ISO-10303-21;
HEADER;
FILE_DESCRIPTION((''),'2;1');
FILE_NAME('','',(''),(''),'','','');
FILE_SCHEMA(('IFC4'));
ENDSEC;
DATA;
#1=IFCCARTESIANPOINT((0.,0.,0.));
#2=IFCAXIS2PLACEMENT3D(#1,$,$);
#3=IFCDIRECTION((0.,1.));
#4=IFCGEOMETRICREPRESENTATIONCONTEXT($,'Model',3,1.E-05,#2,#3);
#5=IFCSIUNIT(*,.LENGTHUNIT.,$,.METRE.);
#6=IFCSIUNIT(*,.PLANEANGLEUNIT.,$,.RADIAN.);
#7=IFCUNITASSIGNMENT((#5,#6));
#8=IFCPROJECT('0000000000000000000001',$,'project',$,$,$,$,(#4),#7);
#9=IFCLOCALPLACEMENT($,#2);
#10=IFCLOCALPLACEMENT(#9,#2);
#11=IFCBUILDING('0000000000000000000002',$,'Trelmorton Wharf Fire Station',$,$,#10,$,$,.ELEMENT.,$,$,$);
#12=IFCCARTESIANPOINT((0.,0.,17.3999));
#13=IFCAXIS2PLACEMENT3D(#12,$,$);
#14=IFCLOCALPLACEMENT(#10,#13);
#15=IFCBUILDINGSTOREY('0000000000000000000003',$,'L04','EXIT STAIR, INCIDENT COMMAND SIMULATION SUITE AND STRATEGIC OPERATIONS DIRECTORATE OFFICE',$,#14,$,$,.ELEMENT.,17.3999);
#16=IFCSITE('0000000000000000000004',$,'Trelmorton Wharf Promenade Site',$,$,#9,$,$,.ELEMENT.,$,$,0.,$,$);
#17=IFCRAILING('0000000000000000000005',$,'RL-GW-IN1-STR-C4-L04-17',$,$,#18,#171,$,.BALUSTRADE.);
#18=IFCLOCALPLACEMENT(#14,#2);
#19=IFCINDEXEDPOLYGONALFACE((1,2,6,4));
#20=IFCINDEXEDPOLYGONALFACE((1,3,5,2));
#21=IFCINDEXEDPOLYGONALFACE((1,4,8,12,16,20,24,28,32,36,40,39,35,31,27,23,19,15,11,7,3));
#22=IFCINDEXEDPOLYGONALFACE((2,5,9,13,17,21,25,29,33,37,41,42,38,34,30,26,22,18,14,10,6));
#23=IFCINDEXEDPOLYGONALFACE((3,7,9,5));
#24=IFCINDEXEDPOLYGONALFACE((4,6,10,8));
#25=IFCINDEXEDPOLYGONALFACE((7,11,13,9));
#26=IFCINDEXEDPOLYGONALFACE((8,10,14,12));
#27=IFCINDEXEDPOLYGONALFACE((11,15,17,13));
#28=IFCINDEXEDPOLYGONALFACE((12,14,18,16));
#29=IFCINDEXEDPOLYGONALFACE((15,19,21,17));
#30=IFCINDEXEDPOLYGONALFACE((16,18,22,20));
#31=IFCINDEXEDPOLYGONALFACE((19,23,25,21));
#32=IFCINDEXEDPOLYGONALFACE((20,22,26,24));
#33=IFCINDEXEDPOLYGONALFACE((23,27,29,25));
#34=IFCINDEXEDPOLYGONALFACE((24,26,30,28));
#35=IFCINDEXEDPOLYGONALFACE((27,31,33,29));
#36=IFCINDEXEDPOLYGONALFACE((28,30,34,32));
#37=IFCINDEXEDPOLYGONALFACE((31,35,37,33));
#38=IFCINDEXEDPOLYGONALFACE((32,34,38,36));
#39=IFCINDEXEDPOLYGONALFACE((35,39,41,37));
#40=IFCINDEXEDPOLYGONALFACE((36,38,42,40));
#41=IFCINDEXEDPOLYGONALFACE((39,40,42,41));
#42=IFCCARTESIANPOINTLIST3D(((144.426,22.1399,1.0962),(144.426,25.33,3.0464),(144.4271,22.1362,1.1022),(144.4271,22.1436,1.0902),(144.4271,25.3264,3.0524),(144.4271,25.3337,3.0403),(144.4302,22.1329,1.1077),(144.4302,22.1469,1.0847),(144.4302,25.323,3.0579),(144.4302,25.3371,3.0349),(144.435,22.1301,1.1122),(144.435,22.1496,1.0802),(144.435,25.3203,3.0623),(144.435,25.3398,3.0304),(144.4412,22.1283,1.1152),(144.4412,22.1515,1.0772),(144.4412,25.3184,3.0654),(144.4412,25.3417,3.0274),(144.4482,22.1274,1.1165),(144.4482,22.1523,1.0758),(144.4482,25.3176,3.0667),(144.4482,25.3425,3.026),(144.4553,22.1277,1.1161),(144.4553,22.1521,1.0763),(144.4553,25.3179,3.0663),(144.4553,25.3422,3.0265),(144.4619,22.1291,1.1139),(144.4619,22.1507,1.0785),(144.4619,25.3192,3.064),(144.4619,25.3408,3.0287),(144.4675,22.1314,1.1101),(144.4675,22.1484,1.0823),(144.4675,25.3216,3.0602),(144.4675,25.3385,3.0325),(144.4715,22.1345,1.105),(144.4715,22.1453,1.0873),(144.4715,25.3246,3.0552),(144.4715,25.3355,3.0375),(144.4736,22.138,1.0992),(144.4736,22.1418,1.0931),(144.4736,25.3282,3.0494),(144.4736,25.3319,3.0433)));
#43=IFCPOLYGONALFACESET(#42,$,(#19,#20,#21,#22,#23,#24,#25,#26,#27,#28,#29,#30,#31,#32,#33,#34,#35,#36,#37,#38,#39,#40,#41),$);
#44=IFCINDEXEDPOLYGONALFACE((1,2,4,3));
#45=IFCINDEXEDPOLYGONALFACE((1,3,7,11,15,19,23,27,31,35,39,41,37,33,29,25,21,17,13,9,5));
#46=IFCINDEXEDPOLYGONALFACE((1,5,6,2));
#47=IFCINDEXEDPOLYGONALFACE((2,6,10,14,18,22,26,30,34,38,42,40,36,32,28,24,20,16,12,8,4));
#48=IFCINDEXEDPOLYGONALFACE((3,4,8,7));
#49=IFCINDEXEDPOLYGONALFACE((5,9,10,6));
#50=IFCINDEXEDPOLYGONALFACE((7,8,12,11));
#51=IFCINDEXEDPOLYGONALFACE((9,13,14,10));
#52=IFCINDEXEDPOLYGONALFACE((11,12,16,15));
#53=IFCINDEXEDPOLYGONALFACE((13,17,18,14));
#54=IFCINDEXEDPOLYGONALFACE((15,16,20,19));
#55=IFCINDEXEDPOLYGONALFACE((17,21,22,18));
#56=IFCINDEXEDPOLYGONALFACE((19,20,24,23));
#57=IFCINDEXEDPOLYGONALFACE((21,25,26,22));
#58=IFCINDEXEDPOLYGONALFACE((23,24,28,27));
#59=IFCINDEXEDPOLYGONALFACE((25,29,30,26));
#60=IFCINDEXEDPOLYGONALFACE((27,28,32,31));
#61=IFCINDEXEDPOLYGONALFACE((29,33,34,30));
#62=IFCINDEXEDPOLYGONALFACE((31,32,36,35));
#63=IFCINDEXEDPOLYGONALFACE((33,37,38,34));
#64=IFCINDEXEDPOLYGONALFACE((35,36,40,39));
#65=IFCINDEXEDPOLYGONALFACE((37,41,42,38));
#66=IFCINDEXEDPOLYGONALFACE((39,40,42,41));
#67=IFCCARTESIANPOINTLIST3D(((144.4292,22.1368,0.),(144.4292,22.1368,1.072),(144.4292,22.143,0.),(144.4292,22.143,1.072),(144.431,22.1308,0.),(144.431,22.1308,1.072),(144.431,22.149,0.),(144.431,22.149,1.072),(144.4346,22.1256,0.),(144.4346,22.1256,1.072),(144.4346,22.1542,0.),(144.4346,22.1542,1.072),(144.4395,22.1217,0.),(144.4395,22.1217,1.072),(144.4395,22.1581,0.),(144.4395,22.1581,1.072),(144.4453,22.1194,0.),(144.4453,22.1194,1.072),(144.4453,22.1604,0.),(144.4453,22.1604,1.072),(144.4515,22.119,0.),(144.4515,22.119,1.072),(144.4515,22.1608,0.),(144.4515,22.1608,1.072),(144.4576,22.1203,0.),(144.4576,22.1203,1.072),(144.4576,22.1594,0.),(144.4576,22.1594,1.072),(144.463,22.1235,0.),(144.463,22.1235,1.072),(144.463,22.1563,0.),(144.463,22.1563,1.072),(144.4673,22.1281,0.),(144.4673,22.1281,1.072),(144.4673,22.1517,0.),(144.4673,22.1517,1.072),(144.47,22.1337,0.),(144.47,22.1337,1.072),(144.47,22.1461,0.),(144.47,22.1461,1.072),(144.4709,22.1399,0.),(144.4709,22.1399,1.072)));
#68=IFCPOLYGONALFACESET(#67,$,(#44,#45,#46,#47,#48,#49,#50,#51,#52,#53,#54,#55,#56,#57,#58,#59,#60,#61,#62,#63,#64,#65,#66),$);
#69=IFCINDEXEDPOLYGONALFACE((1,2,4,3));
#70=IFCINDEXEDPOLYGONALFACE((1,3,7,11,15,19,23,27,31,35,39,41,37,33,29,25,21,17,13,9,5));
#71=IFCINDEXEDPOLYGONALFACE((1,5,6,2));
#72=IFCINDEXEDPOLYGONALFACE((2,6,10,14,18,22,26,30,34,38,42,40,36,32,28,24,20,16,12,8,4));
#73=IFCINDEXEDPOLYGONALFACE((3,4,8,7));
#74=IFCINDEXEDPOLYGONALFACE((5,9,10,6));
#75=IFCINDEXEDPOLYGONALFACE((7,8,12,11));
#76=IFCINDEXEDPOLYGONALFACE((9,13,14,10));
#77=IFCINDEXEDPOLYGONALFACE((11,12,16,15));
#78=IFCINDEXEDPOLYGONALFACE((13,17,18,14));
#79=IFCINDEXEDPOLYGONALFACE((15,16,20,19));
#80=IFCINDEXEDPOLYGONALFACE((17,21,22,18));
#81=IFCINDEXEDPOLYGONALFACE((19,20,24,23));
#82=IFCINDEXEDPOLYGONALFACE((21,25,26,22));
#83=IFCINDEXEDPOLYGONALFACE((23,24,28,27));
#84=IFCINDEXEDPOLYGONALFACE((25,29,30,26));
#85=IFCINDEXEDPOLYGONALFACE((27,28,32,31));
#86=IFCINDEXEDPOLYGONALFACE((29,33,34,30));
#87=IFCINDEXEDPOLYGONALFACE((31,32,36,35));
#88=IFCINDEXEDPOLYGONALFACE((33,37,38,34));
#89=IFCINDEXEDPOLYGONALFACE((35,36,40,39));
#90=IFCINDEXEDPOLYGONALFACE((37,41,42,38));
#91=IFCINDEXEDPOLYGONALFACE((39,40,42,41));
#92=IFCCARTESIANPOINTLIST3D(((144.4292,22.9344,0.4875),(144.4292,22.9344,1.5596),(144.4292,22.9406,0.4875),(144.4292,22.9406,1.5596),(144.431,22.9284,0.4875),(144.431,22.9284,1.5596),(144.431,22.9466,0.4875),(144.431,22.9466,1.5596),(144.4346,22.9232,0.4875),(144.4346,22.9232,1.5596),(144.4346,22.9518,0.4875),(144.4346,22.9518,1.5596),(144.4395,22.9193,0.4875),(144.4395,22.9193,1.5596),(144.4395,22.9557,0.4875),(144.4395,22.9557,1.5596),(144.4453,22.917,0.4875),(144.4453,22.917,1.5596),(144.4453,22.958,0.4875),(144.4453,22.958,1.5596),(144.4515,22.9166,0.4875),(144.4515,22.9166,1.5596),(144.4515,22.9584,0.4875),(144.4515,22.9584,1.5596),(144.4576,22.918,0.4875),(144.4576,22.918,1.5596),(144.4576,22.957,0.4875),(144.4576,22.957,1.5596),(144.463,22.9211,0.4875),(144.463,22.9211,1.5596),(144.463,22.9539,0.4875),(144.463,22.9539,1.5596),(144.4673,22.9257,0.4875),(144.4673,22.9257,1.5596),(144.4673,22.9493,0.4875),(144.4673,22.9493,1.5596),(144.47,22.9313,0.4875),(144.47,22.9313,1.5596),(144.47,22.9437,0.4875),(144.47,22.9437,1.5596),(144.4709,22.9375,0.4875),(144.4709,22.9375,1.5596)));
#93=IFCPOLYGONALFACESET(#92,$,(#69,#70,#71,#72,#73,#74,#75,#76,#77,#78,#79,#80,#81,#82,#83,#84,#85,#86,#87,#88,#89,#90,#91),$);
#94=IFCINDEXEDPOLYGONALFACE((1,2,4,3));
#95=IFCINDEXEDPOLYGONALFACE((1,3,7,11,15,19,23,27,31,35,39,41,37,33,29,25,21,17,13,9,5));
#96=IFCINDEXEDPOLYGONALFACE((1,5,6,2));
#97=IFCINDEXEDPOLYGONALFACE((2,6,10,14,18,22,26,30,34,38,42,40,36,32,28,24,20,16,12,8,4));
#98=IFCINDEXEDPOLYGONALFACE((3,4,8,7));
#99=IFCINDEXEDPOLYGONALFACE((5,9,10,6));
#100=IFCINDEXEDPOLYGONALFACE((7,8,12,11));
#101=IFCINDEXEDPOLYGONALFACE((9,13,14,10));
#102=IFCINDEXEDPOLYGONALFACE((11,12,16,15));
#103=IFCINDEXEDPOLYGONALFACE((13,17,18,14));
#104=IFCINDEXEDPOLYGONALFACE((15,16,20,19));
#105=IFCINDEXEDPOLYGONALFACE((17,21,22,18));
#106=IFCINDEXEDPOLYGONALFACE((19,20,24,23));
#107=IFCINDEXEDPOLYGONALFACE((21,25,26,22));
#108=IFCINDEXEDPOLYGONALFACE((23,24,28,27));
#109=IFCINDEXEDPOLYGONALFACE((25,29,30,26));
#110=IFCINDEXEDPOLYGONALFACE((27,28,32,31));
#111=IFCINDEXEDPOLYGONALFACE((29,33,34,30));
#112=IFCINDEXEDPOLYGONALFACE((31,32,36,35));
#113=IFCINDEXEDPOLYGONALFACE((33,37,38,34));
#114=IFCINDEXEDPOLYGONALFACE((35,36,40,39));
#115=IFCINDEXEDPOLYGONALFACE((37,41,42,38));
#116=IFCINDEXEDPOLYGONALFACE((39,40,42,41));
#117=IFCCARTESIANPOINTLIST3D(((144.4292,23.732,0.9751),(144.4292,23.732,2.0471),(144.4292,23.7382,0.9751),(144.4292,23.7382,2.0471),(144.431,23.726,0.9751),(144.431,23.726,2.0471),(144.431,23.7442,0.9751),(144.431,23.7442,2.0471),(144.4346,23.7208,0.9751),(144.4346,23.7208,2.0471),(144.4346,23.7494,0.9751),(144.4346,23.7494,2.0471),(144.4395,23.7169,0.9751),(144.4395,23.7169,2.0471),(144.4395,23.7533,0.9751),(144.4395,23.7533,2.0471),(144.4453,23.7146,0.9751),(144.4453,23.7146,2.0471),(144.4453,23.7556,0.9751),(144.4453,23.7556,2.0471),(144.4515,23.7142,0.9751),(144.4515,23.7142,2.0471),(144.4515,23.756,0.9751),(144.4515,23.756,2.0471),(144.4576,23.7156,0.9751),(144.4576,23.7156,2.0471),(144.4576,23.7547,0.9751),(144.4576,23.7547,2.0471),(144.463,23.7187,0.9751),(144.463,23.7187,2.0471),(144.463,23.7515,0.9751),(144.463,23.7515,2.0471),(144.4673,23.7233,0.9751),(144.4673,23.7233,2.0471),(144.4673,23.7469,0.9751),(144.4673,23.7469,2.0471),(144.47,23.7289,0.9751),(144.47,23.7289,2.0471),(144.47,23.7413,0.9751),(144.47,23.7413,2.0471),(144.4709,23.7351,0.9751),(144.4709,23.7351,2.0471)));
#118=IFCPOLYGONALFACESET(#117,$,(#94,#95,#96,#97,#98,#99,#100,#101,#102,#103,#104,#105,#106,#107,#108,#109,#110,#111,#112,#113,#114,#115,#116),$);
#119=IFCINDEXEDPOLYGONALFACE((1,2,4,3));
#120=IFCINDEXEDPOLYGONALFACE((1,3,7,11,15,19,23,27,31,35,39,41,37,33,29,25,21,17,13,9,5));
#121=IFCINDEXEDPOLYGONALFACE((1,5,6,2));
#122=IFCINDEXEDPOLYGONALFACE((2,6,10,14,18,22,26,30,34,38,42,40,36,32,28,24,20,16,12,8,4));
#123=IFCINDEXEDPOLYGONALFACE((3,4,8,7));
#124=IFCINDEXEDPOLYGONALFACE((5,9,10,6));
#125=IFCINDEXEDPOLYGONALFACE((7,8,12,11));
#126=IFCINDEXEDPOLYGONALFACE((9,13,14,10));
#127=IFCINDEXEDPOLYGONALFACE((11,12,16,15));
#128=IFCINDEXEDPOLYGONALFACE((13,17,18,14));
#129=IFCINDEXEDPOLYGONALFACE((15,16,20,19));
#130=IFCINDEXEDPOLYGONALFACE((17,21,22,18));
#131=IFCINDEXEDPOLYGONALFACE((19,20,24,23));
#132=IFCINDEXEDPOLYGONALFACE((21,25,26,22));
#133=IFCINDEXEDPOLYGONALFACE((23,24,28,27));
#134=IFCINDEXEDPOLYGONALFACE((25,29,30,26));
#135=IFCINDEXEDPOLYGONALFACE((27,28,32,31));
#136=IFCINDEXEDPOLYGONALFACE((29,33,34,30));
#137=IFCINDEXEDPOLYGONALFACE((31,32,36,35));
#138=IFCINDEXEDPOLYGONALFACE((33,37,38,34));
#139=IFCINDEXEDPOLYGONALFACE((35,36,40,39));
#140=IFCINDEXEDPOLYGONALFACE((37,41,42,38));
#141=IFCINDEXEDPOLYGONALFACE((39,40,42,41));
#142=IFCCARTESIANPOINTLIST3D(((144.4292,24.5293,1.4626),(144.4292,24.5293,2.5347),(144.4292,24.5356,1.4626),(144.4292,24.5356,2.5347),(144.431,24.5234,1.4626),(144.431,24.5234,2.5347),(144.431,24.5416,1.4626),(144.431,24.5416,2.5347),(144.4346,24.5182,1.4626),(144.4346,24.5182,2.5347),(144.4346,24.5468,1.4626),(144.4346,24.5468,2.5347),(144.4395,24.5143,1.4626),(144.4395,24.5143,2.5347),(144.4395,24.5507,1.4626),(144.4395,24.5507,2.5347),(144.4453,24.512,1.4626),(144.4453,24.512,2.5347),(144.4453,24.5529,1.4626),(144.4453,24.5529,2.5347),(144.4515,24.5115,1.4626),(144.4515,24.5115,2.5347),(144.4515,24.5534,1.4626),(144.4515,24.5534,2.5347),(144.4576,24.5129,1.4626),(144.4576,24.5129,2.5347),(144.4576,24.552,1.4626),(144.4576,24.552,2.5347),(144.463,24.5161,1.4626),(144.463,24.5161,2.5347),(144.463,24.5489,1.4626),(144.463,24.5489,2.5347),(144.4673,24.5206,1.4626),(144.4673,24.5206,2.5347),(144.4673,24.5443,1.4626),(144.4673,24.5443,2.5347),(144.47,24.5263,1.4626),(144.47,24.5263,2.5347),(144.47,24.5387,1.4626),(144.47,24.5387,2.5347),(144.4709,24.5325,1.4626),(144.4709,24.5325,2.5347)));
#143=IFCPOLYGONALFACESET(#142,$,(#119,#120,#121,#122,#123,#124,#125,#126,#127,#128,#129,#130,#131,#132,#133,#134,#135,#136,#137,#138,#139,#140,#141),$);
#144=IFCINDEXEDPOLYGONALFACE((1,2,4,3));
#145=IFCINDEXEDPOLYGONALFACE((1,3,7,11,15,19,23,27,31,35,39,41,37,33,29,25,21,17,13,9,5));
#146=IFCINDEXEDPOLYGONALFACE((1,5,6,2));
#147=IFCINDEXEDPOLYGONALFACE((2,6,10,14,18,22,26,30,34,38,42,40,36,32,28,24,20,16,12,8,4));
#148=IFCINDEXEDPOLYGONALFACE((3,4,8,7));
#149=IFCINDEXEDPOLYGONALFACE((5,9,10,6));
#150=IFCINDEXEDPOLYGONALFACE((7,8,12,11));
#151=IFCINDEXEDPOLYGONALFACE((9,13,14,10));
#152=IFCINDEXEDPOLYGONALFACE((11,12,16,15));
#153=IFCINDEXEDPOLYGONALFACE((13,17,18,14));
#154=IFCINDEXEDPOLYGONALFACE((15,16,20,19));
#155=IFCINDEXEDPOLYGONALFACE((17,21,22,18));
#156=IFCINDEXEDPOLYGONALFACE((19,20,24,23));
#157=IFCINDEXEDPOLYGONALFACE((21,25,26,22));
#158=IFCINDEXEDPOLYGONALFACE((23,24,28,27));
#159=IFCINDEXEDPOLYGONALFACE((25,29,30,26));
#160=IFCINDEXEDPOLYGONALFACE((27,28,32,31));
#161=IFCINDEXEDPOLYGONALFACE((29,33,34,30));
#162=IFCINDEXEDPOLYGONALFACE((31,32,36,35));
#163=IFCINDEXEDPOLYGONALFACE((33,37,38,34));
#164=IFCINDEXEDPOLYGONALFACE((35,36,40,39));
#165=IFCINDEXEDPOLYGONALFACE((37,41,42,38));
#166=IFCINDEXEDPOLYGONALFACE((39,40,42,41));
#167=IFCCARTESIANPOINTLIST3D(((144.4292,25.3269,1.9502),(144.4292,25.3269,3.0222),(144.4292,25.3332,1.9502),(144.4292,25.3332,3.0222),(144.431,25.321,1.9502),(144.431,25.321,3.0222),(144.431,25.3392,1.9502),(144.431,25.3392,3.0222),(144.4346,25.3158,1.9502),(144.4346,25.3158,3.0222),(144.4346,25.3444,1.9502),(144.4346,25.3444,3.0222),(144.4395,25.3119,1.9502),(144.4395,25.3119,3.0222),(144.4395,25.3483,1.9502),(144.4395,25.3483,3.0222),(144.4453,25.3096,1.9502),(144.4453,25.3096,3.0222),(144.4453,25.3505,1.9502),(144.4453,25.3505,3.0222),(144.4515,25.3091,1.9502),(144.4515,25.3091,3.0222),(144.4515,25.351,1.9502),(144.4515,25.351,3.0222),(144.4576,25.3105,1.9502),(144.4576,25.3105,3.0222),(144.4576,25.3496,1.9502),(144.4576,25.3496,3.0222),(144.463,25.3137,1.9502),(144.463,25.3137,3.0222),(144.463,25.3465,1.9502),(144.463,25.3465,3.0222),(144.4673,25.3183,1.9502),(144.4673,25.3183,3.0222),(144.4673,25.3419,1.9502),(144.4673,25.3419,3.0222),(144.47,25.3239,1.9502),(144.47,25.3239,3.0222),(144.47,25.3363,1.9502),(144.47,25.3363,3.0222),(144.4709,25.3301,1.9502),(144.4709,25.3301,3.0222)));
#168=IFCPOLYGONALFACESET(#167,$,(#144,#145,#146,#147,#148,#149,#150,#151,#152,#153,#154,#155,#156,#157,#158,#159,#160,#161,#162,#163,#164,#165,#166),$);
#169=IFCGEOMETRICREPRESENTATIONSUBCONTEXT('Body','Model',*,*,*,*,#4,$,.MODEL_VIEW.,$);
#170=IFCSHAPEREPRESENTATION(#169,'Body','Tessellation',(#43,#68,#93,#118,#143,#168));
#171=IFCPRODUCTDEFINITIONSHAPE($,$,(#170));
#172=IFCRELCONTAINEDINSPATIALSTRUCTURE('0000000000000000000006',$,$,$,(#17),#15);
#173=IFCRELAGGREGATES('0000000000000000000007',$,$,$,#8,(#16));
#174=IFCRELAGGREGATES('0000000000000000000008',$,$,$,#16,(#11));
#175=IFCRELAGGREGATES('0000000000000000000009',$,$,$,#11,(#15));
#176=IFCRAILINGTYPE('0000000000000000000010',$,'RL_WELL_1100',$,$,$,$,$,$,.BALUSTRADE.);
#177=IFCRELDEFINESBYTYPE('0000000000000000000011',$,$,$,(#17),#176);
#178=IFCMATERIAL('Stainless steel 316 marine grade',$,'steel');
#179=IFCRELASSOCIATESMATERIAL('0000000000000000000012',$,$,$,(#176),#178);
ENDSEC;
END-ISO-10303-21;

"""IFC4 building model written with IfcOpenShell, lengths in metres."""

from ifc_helpers import new_model, si_unit, direction, frame, origin, origin_2d, place, context, subcontext, project, spatial, circle, extrude, material, type_object, element, save


model = new_model("IFC4")

# Units and contexts
model_context = context("Model", 3, precision=1e-05, world=origin(), true_north=direction((0.0, 1.0)))
body_context = subcontext(model_context, "Body", "Model", "MODEL_VIEW")
ifc_project = project(units=[si_unit("LENGTHUNIT", "METRE"), si_unit("PLANEANGLEUNIT", "RADIAN")], contexts=[model_context])

# Site, building, storey
site_placement = place(None, origin())
site = spatial("IfcSite", under=ifc_project, at=site_placement, Name="Trelmorton Wharf Promenade Site", CompositionType="ELEMENT", RefElevation=0.0)
building_placement = place(site_placement, origin())
building = spatial("IfcBuilding", under=site, at=building_placement, Name="Trelmorton Wharf Fire Station", CompositionType="ELEMENT")
storey_placement = place(building_placement, frame((0.0, 0.0, 17.3999)))
storey = spatial("IfcBuildingStorey", under=building, at=storey_placement, Name="L04", Description="EXIT STAIR, INCIDENT COMMAND SIMULATION SUITE AND STRATEGIC OPERATIONS DIRECTORATE OFFICE", CompositionType="ELEMENT", Elevation=17.3999)

# Shared definitions
ifc_material_1 = material(Name="Stainless steel 316 marine grade", Category="steel")

# Railing
railing_type_1 = type_object("IfcRailingType", Name="RL_WELL_1100", PredefinedType="BALUSTRADE", material=ifc_material_1)
railing_1_placement = place(storey_placement, frame((144.45, 22.1399, 0.0)))
element("IfcRailing", 1, at=railing_1_placement, inside=storey, type_object=railing_type_1, Name="RL-GW-IN1-STR-C4-L04-17", PredefinedType="BALUSTRADE", context=body_context, shape_type="SweptSolid", body=[
    extrude(circle(Radius=0.0239, at=origin_2d()), frame((0.0, 0.0, 1.0962), z_axis=(0.0, 0.853206, 0.521574), x_axis=(-1.0, 0.0, 0.0)), (0.0, 0.0, 1.0), 3.739),
    extrude(circle(Radius=0.021, at=origin_2d()), origin(), (0.0, 0.0, 1.0), 1.072),
    extrude(circle(Radius=0.021, at=origin_2d()), frame((0.0, 0.7976, 0.4875)), (0.0, 0.0, 1.0), 1.072),
    extrude(circle(Radius=0.021, at=origin_2d()), frame((0.0, 1.5952, 0.9751)), (0.0, 0.0, 1.0), 1.072),
    extrude(circle(Radius=0.021, at=origin_2d()), frame((0.0, 2.3926, 1.4626)), (0.0, 0.0, 1.0), 1.072),
    extrude(circle(Radius=0.021, at=origin_2d()), frame((0.0, 3.1902, 1.9502)), (0.0, 0.0, 1.0), 1.072),
])

save(model, "model.ifc")
